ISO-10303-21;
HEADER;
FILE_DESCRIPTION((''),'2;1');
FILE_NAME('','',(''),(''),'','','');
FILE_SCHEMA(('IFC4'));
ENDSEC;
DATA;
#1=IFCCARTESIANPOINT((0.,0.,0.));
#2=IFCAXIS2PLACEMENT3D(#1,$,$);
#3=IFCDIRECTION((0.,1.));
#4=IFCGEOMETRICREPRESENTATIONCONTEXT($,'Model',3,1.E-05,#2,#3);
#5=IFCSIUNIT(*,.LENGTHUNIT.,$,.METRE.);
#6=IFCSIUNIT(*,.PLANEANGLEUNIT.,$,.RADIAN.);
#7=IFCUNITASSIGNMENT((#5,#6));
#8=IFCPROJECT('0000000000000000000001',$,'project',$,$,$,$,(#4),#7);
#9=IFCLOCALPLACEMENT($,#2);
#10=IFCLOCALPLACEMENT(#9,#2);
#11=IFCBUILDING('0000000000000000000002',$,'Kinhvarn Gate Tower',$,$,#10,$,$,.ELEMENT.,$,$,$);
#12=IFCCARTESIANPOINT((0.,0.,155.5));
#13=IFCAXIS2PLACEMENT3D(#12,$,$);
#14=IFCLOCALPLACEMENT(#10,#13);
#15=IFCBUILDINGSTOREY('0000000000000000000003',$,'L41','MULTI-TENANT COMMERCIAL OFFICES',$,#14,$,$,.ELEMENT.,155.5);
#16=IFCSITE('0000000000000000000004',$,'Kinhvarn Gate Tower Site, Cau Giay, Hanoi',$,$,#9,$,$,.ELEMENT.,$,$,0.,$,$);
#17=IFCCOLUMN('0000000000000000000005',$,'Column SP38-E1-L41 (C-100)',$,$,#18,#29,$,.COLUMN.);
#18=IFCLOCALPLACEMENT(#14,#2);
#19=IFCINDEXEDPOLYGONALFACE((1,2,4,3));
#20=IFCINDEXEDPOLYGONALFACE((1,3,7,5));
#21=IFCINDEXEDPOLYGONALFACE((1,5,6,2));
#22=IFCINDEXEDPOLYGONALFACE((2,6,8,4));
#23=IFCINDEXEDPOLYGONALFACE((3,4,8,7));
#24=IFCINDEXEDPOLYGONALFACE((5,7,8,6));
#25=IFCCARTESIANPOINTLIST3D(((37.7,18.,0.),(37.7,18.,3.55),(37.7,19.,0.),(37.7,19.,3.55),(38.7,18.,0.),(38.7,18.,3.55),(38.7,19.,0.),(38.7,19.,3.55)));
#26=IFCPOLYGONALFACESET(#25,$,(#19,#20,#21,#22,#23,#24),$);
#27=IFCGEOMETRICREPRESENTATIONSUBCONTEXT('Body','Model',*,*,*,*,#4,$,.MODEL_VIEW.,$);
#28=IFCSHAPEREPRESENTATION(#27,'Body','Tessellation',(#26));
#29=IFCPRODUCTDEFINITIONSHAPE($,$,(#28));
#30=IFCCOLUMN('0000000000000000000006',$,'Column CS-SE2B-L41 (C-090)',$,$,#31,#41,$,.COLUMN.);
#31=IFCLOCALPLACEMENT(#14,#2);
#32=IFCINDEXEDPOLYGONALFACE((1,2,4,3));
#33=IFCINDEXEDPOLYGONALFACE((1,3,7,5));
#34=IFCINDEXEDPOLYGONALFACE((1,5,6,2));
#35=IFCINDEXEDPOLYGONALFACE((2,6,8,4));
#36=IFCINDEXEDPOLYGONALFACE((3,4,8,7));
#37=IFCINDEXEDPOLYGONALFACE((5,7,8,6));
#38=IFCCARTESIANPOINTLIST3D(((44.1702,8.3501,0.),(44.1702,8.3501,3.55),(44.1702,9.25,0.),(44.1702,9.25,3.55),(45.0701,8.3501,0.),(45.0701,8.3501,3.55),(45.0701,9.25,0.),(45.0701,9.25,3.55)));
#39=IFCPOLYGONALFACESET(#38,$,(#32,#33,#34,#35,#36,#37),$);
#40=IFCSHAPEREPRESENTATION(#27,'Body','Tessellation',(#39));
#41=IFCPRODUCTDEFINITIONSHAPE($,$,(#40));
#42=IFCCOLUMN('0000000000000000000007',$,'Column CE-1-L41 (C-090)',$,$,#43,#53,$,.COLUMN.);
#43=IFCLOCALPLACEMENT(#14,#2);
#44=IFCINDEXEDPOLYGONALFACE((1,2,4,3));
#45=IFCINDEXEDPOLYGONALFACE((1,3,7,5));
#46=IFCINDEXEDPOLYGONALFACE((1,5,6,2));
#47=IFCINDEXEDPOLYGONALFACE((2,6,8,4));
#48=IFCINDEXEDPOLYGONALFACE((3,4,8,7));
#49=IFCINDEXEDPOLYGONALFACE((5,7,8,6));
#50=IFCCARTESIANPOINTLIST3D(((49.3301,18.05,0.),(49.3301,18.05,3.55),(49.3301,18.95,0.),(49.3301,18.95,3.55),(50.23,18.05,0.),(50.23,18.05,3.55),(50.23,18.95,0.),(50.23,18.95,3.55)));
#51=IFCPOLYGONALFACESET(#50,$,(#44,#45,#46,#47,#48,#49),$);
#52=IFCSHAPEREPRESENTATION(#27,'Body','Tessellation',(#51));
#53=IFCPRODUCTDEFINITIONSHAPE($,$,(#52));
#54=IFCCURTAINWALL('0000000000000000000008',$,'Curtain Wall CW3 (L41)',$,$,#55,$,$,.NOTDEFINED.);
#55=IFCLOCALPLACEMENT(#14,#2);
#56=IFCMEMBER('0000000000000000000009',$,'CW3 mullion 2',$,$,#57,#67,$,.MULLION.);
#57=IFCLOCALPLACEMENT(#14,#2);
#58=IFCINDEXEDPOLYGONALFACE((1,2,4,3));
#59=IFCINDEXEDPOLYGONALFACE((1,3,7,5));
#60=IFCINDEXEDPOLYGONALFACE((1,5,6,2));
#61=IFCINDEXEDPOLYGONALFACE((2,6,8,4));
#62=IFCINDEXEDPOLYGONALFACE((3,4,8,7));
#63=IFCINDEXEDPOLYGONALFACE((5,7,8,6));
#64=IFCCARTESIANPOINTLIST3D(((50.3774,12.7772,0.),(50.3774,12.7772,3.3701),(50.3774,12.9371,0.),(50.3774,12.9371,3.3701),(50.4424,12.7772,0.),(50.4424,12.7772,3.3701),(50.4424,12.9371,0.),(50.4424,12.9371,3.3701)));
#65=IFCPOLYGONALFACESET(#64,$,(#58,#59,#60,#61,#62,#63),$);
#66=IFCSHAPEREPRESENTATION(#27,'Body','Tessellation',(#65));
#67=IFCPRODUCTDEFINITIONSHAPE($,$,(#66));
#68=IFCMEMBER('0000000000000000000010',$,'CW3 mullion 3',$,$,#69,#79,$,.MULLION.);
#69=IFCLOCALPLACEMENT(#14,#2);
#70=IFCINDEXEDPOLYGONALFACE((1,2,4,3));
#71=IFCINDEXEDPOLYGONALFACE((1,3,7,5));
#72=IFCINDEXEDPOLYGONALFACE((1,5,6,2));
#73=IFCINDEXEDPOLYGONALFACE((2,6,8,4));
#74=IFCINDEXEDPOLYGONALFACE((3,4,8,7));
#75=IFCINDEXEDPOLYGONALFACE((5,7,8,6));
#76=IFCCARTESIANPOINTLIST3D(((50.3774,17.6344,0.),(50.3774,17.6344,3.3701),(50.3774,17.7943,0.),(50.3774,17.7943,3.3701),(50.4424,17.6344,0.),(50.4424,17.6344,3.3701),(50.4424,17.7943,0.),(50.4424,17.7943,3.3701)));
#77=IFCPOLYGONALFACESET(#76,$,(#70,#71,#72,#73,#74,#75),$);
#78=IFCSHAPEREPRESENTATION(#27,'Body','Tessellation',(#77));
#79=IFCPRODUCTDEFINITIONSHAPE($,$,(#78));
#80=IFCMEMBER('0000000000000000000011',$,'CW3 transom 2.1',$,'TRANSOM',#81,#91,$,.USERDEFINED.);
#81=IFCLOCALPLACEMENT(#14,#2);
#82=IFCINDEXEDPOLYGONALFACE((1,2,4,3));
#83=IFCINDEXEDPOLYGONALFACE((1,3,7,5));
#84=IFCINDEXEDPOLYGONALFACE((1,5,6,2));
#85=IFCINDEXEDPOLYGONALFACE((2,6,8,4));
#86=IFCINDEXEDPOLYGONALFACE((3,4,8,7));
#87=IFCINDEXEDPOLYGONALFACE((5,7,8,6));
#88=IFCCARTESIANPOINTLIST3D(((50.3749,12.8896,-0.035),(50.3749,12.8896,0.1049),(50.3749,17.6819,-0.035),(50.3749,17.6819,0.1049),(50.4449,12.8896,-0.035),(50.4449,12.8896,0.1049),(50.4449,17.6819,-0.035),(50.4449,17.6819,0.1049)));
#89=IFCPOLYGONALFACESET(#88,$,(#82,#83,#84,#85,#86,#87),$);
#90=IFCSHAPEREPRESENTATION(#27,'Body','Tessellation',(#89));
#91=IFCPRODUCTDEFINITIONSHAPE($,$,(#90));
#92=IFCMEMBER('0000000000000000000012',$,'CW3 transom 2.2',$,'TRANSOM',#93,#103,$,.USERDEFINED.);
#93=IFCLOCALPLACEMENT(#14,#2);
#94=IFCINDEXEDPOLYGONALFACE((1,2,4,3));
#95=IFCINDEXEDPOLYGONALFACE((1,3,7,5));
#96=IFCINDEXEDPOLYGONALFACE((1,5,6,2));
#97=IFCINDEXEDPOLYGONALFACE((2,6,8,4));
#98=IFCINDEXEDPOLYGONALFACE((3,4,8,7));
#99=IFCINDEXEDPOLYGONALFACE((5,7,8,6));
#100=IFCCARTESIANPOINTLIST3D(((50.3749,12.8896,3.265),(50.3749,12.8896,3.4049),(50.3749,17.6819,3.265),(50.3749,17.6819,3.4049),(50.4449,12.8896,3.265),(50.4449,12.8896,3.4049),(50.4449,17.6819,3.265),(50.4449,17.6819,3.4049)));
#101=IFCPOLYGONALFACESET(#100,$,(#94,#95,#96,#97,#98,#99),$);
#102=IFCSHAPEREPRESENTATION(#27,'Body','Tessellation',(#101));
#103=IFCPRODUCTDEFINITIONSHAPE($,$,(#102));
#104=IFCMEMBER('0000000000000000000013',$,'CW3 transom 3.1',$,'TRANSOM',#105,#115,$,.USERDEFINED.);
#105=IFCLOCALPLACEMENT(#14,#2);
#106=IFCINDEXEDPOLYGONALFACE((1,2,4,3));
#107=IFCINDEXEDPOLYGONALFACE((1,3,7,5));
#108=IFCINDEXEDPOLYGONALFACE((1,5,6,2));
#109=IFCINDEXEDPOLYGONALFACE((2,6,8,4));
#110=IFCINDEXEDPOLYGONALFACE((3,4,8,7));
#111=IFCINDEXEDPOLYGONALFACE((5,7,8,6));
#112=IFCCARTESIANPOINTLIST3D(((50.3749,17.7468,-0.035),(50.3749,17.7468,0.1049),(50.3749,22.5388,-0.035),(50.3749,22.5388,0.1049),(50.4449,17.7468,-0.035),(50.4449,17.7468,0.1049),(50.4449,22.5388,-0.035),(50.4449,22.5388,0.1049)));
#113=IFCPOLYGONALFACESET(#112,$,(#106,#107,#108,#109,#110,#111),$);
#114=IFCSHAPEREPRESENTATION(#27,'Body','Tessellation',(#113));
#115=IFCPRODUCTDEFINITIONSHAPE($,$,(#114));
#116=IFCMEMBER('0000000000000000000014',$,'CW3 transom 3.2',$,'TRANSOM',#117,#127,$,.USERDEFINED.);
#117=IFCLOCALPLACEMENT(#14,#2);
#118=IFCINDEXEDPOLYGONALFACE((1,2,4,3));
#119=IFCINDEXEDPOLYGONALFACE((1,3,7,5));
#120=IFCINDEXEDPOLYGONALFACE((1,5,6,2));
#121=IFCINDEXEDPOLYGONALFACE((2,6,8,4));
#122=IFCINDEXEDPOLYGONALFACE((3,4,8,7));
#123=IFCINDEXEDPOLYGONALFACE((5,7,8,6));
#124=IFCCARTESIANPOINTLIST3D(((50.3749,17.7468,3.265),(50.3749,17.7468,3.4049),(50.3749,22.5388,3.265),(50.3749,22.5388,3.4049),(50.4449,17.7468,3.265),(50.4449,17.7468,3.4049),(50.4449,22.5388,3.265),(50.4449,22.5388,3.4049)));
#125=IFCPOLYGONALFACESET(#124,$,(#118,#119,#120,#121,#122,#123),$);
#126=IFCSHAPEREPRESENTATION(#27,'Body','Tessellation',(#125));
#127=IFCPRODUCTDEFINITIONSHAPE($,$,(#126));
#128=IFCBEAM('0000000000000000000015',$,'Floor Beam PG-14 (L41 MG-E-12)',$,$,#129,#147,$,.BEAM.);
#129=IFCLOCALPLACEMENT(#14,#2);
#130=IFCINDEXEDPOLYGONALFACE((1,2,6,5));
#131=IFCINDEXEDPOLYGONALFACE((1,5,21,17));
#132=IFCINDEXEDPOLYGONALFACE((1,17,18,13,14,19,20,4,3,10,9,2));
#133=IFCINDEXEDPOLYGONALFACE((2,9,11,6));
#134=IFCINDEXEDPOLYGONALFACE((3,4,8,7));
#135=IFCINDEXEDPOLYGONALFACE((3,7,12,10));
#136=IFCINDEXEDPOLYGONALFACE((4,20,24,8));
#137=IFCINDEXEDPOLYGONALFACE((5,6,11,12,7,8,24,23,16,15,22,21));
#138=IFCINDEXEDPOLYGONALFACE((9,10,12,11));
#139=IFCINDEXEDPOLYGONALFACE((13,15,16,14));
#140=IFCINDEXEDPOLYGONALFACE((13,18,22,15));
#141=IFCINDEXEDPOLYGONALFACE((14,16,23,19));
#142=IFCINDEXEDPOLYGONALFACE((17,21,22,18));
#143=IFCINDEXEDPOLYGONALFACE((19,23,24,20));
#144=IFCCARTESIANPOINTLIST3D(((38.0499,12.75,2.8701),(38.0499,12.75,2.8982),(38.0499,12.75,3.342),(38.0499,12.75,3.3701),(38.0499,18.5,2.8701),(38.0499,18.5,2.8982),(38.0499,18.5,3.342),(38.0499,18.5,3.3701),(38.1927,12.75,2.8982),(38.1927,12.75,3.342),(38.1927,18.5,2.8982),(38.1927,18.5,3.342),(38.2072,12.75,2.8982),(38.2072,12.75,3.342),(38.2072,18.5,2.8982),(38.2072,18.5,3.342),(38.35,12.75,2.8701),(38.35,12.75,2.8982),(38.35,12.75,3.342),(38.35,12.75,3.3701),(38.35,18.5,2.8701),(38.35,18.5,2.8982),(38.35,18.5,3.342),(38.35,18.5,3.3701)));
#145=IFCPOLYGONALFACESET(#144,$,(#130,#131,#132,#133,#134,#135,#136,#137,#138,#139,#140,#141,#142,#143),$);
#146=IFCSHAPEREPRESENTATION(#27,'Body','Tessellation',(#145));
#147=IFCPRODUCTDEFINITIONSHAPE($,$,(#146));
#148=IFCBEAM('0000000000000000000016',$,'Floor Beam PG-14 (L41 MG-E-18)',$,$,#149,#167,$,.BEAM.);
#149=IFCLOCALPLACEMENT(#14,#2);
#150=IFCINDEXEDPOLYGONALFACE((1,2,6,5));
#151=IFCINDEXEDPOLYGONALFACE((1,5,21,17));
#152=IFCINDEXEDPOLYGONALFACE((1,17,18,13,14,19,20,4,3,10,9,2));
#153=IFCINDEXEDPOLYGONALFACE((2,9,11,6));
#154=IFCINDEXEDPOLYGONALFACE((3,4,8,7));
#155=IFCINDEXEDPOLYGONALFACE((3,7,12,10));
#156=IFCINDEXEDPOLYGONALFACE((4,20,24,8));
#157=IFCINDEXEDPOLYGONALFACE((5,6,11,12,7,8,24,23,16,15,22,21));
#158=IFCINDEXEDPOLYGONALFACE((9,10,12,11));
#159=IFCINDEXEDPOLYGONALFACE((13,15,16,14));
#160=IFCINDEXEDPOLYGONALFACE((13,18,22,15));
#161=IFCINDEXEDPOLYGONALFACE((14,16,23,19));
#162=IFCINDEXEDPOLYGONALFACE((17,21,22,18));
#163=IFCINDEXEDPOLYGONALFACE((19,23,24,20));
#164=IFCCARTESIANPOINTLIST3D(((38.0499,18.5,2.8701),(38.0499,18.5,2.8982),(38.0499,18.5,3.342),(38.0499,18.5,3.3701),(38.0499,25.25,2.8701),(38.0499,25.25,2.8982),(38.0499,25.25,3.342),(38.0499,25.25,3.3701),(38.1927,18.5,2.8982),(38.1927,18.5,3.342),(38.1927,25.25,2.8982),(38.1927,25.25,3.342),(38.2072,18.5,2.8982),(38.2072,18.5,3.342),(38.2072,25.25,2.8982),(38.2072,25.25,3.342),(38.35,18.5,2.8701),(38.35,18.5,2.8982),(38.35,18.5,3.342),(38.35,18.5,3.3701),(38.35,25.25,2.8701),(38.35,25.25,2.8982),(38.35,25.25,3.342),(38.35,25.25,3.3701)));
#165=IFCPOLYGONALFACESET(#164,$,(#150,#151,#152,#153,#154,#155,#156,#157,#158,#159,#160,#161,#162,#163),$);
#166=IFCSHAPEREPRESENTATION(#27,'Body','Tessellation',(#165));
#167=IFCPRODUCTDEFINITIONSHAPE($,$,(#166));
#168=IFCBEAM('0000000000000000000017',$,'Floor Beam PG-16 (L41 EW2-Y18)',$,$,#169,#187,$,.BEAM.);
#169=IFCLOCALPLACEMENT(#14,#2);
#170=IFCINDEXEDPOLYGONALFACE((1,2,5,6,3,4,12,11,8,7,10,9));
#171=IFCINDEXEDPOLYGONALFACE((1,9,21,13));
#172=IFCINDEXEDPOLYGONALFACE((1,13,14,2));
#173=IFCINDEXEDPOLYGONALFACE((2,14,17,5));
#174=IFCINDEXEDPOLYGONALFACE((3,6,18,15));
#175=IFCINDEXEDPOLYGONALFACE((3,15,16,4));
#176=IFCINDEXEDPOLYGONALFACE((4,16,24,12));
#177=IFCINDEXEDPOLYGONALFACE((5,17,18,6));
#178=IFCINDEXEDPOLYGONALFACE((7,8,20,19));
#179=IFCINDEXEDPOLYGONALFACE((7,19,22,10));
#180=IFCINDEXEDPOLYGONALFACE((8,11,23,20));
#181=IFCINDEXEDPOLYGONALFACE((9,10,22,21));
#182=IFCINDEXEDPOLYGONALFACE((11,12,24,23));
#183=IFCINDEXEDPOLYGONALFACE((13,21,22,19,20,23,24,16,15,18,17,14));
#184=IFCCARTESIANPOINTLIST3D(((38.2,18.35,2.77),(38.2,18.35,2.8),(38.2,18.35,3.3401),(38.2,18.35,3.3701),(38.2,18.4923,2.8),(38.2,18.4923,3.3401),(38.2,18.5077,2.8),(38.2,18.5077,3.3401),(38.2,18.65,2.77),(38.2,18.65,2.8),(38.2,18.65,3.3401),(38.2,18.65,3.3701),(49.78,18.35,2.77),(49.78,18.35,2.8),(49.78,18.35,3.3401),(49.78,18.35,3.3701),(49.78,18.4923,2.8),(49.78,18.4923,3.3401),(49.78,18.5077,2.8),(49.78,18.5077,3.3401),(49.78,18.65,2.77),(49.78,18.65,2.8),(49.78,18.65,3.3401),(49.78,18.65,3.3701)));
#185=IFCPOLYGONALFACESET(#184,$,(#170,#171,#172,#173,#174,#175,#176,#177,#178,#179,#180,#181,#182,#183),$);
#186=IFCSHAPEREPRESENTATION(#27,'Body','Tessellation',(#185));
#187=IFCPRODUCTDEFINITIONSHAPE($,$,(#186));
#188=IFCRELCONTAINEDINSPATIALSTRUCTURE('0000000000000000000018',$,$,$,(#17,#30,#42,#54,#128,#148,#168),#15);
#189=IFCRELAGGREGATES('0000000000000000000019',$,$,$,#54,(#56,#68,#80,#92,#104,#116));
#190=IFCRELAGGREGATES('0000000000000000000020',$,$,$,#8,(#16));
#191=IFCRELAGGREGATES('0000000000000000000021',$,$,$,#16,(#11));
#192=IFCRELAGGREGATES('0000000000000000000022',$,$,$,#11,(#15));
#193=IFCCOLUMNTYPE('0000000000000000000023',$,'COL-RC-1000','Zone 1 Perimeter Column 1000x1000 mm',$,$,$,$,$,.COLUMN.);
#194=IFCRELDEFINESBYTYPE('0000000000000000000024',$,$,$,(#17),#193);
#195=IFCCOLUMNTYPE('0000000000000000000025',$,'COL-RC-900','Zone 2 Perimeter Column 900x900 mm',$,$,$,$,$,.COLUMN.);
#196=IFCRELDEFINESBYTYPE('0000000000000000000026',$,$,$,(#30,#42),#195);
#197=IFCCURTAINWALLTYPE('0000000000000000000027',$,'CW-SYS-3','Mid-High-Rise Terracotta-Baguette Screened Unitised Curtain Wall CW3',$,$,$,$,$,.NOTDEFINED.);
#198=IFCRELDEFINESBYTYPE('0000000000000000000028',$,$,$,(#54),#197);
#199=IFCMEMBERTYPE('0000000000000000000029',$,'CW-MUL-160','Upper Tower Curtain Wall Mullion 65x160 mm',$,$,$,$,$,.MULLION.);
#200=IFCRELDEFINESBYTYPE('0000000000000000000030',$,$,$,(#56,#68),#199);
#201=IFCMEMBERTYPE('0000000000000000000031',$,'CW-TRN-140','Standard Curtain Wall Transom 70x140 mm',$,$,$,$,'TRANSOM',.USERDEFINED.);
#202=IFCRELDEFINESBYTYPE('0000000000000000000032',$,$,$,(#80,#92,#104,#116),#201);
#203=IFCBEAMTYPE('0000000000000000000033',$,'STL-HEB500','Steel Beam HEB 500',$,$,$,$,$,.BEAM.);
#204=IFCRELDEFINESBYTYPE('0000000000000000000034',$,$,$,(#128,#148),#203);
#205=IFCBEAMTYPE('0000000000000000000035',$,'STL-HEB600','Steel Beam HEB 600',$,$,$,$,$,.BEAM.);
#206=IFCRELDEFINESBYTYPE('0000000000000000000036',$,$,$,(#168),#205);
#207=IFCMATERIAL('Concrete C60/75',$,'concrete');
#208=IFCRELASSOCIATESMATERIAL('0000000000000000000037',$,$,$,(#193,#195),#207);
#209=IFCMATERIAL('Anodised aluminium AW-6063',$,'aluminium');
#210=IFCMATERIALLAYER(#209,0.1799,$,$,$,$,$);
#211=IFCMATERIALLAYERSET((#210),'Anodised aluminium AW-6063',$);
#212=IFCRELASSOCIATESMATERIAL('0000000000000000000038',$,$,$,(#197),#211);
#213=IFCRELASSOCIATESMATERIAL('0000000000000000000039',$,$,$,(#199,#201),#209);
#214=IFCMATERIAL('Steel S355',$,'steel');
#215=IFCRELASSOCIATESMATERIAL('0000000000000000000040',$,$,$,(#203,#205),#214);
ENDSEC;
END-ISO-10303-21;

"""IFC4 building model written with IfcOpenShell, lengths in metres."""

from ifc_helpers import new_model, si_unit, direction, frame, origin, origin_2d, place, context, subcontext, project, spatial, rectangle, i_section, extrude, material, layer, layer_set, material_profile, profile_set, type_object, element, aggregate, save


model = new_model("IFC4")

# Units and contexts
model_context = context("Model", 3, precision=1e-05, world=origin(), true_north=direction((0.0, 1.0)))
body_context = subcontext(model_context, "Body", "Model", "MODEL_VIEW")
ifc_project = project(units=[si_unit("LENGTHUNIT", "METRE"), si_unit("PLANEANGLEUNIT", "RADIAN")], contexts=[model_context])

# Site, building, storey
site_placement = place(None, origin())
site = spatial("IfcSite", under=ifc_project, at=site_placement, Name="Kinhvarn Gate Tower Site, Cau Giay, Hanoi", CompositionType="ELEMENT", RefElevation=0.0)
building_placement = place(site_placement, origin())
building = spatial("IfcBuilding", under=site, at=building_placement, Name="Kinhvarn Gate Tower", CompositionType="ELEMENT")
storey_placement = place(building_placement, frame((0.0, 0.0, 155.5)))
storey = spatial("IfcBuildingStorey", under=building, at=storey_placement, Name="L41", Description="MULTI-TENANT COMMERCIAL OFFICES", CompositionType="ELEMENT", Elevation=155.5)

# Columns
ifc_material_1 = material(Name="Concrete C60/75", Category="concrete")
ifc_material_profile_1 = material_profile(ifc_material_1, rectangle(XDim=1.0, YDim=1.0, at=origin_2d()), Name="RC 1000x1000")
ifc_profile_set_1 = profile_set([ifc_material_profile_1], Name="Concrete C60/75")
column_type_1 = type_object("IfcColumnType", Name="COL-RC-1000", Description="Zone 1 Perimeter Column 1000x1000 mm", PredefinedType="COLUMN", material=ifc_profile_set_1)
column_placement = place(storey_placement, frame((38.2, 18.5, 0.0), z_axis=(0.0, 0.0, 1.0), x_axis=(1.0, 0.0, 0.0)))
element("IfcColumn", 1, at=column_placement, inside=storey, type_object=column_type_1, Name="Column SP38-E1-L41 (C-100)", PredefinedType="COLUMN", context=body_context, shape_type="SweptSolid", body=[
    extrude(rectangle(XDim=1.0, YDim=1.0, at=origin_2d()), origin(), (0.0, 0.0, 1.0), 3.55),
])
ifc_material_profile_2 = material_profile(ifc_material_1, rectangle(XDim=0.8999, YDim=0.8999, at=origin_2d()), Name="RC 900x900")
ifc_profile_set_2 = profile_set([ifc_material_profile_2], Name="Concrete C60/75")
column_type_2 = type_object("IfcColumnType", Name="COL-RC-900", Description="Zone 2 Perimeter Column 900x900 mm", PredefinedType="COLUMN", material=ifc_profile_set_2)
for number, where, z_axis, x_axis, name in (
    (2, (44.6201, 8.8, 0.0), (0.0, 0.0, 1.0), (1.0, 0.0, 0.0), "Column CS-SE2B-L41 (C-090)"),
    (3, (49.78, 18.5, 0.0), (0.0, 0.0, 1.0), (1.0, 0.0, 0.0), "Column CE-1-L41 (C-090)"),
):
    element("IfcColumn", number, at=place(storey_placement, frame(where, z_axis=z_axis, x_axis=x_axis)), inside=storey, type_object=column_type_2, Name=name, PredefinedType="COLUMN", context=body_context, shape_type="SweptSolid", body=[
        extrude(rectangle(XDim=0.8999, YDim=0.8999, at=origin_2d()), origin(), (0.0, 0.0, 1.0), 3.55),
    ])

# Curtain wall, members
ifc_material_2 = material(Name="Anodised aluminium AW-6063", Category="aluminium")
ifc_layer_1 = layer(ifc_material_2, 0.1799)
ifc_layer_set_1 = layer_set([ifc_layer_1], Name="Anodised aluminium AW-6063")
curtain_wall_type = type_object("IfcCurtainWallType", Name="CW-SYS-3", Description="Mid-High-Rise Terracotta-Baguette Screened Unitised Curtain Wall CW3", PredefinedType="NOTDEFINED", material=ifc_layer_set_1)
curtain_wall_placement = place(storey_placement, origin())
curtain_wall = element("IfcCurtainWall", 4, at=curtain_wall_placement, inside=storey, type_object=curtain_wall_type, Name="Curtain Wall CW3 (L41)", PredefinedType="NOTDEFINED")
ifc_material_profile_3 = material_profile(ifc_material_2, rectangle(XDim=0.0649, YDim=0.1599, at=origin_2d()), Name="ALU 65x160")
ifc_profile_set_3 = profile_set([ifc_material_profile_3], Name="Anodised aluminium AW-6063")
member_type_1 = type_object("IfcMemberType", Name="CW-MUL-160", Description="Upper Tower Curtain Wall Mullion 65x160 mm", PredefinedType="MULLION", material=ifc_profile_set_3)
member_1_placement = place(storey_placement, frame((50.4099, 12.8572, 0.0), z_axis=(0.0, 0.0, 1.0), x_axis=(-1.0, 0.0, 0.0)))
member_1 = element("IfcMember", 5, at=member_1_placement, type_object=member_type_1, Name="CW3 mullion 2", PredefinedType="MULLION", context=body_context, shape_type="SweptSolid", body=[
    extrude(rectangle(XDim=0.0649, YDim=0.1599, at=origin_2d()), origin(), (0.0, 0.0, 1.0), 3.3701),
])
member_2_placement = place(storey_placement, frame((50.4099, 17.7144, 0.0), z_axis=(0.0, 0.0, 1.0), x_axis=(-1.0, 0.0, 0.0)))
member_2 = element("IfcMember", 6, at=member_2_placement, type_object=member_type_1, Name="CW3 mullion 3", PredefinedType="MULLION", context=body_context, shape_type="SweptSolid", body=[
    extrude(rectangle(XDim=0.0649, YDim=0.1599, at=origin_2d()), origin(), (0.0, 0.0, 1.0), 3.3701),
])
ifc_material_profile_4 = material_profile(ifc_material_2, rectangle(XDim=0.0701, YDim=0.1399, at=origin_2d()), Name="ALU 70x140")
ifc_profile_set_4 = profile_set([ifc_material_profile_4], Name="Anodised aluminium AW-6063")
member_type_2 = type_object("IfcMemberType", Name="CW-TRN-140", Description="Standard Curtain Wall Transom 70x140 mm", ElementType="TRANSOM", PredefinedType="USERDEFINED", material=ifc_profile_set_4)
member_3_placement = place(storey_placement, frame((50.4099, 12.8896, 0.0349), z_axis=(0.0, 1.0, 0.0), x_axis=(-1.0, 0.0, 0.0)))
member_3 = element("IfcMember", 7, at=member_3_placement, type_object=member_type_2, Name="CW3 transom 2.1", ObjectType="TRANSOM", PredefinedType="USERDEFINED", context=body_context, shape_type="SweptSolid", body=[
    extrude(rectangle(XDim=0.0701, YDim=0.1399, at=origin_2d()), origin(), (0.0, 0.0, 1.0), 4.7922),
])
member_4_placement = place(storey_placement, frame((50.4099, 12.8896, 3.335), z_axis=(0.0, 1.0, 0.0), x_axis=(-1.0, 0.0, 0.0)))
member_4 = element("IfcMember", 8, at=member_4_placement, type_object=member_type_2, Name="CW3 transom 2.2", ObjectType="TRANSOM", PredefinedType="USERDEFINED", context=body_context, shape_type="SweptSolid", body=[
    extrude(rectangle(XDim=0.0701, YDim=0.1399, at=origin_2d()), origin(), (0.0, 0.0, 1.0), 4.7922),
])
member_5_placement = place(storey_placement, frame((50.4099, 17.7468, 0.0349), z_axis=(0.0, 1.0, 0.0), x_axis=(-1.0, 0.0, 0.0)))
member_5 = element("IfcMember", 9, at=member_5_placement, type_object=member_type_2, Name="CW3 transom 3.1", ObjectType="TRANSOM", PredefinedType="USERDEFINED", context=body_context, shape_type="SweptSolid", body=[
    extrude(rectangle(XDim=0.0701, YDim=0.1399, at=origin_2d()), origin(), (0.0, 0.0, 1.0), 4.792),
])
member_6_placement = place(storey_placement, frame((50.4099, 17.7468, 3.335), z_axis=(0.0, 1.0, 0.0), x_axis=(-1.0, 0.0, 0.0)))
member_6 = element("IfcMember", 10, at=member_6_placement, type_object=member_type_2, Name="CW3 transom 3.2", ObjectType="TRANSOM", PredefinedType="USERDEFINED", context=body_context, shape_type="SweptSolid", body=[
    extrude(rectangle(XDim=0.0701, YDim=0.1399, at=origin_2d()), origin(), (0.0, 0.0, 1.0), 4.792),
])

# Beams
ifc_material_3 = material(Name="Steel S355", Category="steel")
ifc_material_profile_5 = material_profile(ifc_material_3, i_section(OverallWidth=0.3, OverallDepth=0.5, WebThickness=0.0144, FlangeThickness=0.0281, at=origin_2d()), Name="HEB 500")
ifc_profile_set_5 = profile_set([ifc_material_profile_5], Name="Steel S355")
beam_type_1 = type_object("IfcBeamType", Name="STL-HEB500", Description="Steel Beam HEB 500", PredefinedType="BEAM", material=ifc_profile_set_5)
beam_1_placement = place(storey_placement, frame((38.2, 12.75, 3.1201), z_axis=(0.0, 1.0, 0.0), x_axis=(-1.0, 0.0, 0.0)))
element("IfcBeam", 11, at=beam_1_placement, inside=storey, type_object=beam_type_1, Name="Floor Beam PG-14 (L41 MG-E-12)", PredefinedType="BEAM", context=body_context, shape_type="SweptSolid", body=[
    extrude(i_section(OverallWidth=0.3, OverallDepth=0.5, WebThickness=0.0144, FlangeThickness=0.0281, at=origin_2d()), origin(), (0.0, 0.0, 1.0), 5.75),
])
beam_2_placement = place(storey_placement, frame((38.2, 18.5, 3.1201), z_axis=(0.0, 1.0, 0.0), x_axis=(-1.0, 0.0, 0.0)))
element("IfcBeam", 12, at=beam_2_placement, inside=storey, type_object=beam_type_1, Name="Floor Beam PG-14 (L41 MG-E-18)", PredefinedType="BEAM", context=body_context, shape_type="SweptSolid", body=[
    extrude(i_section(OverallWidth=0.3, OverallDepth=0.5, WebThickness=0.0144, FlangeThickness=0.0281, at=origin_2d()), origin(), (0.0, 0.0, 1.0), 6.75),
])
ifc_material_profile_6 = material_profile(ifc_material_3, i_section(OverallWidth=0.3, OverallDepth=0.6001, WebThickness=0.0154, FlangeThickness=0.03, at=origin_2d()), Name="HEB 600")
ifc_profile_set_6 = profile_set([ifc_material_profile_6], Name="Steel S355")
beam_type_2 = type_object("IfcBeamType", Name="STL-HEB600", Description="Steel Beam HEB 600", PredefinedType="BEAM", material=ifc_profile_set_6)
beam_3_placement = place(storey_placement, frame((38.2, 18.5, 3.0701), z_axis=(1.0, 0.0, 0.0), x_axis=(0.0, 1.0, 0.0)))
element("IfcBeam", 13, at=beam_3_placement, inside=storey, type_object=beam_type_2, Name="Floor Beam PG-16 (L41 EW2-Y18)", PredefinedType="BEAM", context=body_context, shape_type="SweptSolid", body=[
    extrude(i_section(OverallWidth=0.3, OverallDepth=0.6001, WebThickness=0.0154, FlangeThickness=0.03, at=origin_2d()), origin(), (0.0, 0.0, 1.0), 11.5801),
])

aggregate(curtain_wall, [member_1, member_2, member_3, member_4, member_5, member_6])

save(model, "model.ifc")
